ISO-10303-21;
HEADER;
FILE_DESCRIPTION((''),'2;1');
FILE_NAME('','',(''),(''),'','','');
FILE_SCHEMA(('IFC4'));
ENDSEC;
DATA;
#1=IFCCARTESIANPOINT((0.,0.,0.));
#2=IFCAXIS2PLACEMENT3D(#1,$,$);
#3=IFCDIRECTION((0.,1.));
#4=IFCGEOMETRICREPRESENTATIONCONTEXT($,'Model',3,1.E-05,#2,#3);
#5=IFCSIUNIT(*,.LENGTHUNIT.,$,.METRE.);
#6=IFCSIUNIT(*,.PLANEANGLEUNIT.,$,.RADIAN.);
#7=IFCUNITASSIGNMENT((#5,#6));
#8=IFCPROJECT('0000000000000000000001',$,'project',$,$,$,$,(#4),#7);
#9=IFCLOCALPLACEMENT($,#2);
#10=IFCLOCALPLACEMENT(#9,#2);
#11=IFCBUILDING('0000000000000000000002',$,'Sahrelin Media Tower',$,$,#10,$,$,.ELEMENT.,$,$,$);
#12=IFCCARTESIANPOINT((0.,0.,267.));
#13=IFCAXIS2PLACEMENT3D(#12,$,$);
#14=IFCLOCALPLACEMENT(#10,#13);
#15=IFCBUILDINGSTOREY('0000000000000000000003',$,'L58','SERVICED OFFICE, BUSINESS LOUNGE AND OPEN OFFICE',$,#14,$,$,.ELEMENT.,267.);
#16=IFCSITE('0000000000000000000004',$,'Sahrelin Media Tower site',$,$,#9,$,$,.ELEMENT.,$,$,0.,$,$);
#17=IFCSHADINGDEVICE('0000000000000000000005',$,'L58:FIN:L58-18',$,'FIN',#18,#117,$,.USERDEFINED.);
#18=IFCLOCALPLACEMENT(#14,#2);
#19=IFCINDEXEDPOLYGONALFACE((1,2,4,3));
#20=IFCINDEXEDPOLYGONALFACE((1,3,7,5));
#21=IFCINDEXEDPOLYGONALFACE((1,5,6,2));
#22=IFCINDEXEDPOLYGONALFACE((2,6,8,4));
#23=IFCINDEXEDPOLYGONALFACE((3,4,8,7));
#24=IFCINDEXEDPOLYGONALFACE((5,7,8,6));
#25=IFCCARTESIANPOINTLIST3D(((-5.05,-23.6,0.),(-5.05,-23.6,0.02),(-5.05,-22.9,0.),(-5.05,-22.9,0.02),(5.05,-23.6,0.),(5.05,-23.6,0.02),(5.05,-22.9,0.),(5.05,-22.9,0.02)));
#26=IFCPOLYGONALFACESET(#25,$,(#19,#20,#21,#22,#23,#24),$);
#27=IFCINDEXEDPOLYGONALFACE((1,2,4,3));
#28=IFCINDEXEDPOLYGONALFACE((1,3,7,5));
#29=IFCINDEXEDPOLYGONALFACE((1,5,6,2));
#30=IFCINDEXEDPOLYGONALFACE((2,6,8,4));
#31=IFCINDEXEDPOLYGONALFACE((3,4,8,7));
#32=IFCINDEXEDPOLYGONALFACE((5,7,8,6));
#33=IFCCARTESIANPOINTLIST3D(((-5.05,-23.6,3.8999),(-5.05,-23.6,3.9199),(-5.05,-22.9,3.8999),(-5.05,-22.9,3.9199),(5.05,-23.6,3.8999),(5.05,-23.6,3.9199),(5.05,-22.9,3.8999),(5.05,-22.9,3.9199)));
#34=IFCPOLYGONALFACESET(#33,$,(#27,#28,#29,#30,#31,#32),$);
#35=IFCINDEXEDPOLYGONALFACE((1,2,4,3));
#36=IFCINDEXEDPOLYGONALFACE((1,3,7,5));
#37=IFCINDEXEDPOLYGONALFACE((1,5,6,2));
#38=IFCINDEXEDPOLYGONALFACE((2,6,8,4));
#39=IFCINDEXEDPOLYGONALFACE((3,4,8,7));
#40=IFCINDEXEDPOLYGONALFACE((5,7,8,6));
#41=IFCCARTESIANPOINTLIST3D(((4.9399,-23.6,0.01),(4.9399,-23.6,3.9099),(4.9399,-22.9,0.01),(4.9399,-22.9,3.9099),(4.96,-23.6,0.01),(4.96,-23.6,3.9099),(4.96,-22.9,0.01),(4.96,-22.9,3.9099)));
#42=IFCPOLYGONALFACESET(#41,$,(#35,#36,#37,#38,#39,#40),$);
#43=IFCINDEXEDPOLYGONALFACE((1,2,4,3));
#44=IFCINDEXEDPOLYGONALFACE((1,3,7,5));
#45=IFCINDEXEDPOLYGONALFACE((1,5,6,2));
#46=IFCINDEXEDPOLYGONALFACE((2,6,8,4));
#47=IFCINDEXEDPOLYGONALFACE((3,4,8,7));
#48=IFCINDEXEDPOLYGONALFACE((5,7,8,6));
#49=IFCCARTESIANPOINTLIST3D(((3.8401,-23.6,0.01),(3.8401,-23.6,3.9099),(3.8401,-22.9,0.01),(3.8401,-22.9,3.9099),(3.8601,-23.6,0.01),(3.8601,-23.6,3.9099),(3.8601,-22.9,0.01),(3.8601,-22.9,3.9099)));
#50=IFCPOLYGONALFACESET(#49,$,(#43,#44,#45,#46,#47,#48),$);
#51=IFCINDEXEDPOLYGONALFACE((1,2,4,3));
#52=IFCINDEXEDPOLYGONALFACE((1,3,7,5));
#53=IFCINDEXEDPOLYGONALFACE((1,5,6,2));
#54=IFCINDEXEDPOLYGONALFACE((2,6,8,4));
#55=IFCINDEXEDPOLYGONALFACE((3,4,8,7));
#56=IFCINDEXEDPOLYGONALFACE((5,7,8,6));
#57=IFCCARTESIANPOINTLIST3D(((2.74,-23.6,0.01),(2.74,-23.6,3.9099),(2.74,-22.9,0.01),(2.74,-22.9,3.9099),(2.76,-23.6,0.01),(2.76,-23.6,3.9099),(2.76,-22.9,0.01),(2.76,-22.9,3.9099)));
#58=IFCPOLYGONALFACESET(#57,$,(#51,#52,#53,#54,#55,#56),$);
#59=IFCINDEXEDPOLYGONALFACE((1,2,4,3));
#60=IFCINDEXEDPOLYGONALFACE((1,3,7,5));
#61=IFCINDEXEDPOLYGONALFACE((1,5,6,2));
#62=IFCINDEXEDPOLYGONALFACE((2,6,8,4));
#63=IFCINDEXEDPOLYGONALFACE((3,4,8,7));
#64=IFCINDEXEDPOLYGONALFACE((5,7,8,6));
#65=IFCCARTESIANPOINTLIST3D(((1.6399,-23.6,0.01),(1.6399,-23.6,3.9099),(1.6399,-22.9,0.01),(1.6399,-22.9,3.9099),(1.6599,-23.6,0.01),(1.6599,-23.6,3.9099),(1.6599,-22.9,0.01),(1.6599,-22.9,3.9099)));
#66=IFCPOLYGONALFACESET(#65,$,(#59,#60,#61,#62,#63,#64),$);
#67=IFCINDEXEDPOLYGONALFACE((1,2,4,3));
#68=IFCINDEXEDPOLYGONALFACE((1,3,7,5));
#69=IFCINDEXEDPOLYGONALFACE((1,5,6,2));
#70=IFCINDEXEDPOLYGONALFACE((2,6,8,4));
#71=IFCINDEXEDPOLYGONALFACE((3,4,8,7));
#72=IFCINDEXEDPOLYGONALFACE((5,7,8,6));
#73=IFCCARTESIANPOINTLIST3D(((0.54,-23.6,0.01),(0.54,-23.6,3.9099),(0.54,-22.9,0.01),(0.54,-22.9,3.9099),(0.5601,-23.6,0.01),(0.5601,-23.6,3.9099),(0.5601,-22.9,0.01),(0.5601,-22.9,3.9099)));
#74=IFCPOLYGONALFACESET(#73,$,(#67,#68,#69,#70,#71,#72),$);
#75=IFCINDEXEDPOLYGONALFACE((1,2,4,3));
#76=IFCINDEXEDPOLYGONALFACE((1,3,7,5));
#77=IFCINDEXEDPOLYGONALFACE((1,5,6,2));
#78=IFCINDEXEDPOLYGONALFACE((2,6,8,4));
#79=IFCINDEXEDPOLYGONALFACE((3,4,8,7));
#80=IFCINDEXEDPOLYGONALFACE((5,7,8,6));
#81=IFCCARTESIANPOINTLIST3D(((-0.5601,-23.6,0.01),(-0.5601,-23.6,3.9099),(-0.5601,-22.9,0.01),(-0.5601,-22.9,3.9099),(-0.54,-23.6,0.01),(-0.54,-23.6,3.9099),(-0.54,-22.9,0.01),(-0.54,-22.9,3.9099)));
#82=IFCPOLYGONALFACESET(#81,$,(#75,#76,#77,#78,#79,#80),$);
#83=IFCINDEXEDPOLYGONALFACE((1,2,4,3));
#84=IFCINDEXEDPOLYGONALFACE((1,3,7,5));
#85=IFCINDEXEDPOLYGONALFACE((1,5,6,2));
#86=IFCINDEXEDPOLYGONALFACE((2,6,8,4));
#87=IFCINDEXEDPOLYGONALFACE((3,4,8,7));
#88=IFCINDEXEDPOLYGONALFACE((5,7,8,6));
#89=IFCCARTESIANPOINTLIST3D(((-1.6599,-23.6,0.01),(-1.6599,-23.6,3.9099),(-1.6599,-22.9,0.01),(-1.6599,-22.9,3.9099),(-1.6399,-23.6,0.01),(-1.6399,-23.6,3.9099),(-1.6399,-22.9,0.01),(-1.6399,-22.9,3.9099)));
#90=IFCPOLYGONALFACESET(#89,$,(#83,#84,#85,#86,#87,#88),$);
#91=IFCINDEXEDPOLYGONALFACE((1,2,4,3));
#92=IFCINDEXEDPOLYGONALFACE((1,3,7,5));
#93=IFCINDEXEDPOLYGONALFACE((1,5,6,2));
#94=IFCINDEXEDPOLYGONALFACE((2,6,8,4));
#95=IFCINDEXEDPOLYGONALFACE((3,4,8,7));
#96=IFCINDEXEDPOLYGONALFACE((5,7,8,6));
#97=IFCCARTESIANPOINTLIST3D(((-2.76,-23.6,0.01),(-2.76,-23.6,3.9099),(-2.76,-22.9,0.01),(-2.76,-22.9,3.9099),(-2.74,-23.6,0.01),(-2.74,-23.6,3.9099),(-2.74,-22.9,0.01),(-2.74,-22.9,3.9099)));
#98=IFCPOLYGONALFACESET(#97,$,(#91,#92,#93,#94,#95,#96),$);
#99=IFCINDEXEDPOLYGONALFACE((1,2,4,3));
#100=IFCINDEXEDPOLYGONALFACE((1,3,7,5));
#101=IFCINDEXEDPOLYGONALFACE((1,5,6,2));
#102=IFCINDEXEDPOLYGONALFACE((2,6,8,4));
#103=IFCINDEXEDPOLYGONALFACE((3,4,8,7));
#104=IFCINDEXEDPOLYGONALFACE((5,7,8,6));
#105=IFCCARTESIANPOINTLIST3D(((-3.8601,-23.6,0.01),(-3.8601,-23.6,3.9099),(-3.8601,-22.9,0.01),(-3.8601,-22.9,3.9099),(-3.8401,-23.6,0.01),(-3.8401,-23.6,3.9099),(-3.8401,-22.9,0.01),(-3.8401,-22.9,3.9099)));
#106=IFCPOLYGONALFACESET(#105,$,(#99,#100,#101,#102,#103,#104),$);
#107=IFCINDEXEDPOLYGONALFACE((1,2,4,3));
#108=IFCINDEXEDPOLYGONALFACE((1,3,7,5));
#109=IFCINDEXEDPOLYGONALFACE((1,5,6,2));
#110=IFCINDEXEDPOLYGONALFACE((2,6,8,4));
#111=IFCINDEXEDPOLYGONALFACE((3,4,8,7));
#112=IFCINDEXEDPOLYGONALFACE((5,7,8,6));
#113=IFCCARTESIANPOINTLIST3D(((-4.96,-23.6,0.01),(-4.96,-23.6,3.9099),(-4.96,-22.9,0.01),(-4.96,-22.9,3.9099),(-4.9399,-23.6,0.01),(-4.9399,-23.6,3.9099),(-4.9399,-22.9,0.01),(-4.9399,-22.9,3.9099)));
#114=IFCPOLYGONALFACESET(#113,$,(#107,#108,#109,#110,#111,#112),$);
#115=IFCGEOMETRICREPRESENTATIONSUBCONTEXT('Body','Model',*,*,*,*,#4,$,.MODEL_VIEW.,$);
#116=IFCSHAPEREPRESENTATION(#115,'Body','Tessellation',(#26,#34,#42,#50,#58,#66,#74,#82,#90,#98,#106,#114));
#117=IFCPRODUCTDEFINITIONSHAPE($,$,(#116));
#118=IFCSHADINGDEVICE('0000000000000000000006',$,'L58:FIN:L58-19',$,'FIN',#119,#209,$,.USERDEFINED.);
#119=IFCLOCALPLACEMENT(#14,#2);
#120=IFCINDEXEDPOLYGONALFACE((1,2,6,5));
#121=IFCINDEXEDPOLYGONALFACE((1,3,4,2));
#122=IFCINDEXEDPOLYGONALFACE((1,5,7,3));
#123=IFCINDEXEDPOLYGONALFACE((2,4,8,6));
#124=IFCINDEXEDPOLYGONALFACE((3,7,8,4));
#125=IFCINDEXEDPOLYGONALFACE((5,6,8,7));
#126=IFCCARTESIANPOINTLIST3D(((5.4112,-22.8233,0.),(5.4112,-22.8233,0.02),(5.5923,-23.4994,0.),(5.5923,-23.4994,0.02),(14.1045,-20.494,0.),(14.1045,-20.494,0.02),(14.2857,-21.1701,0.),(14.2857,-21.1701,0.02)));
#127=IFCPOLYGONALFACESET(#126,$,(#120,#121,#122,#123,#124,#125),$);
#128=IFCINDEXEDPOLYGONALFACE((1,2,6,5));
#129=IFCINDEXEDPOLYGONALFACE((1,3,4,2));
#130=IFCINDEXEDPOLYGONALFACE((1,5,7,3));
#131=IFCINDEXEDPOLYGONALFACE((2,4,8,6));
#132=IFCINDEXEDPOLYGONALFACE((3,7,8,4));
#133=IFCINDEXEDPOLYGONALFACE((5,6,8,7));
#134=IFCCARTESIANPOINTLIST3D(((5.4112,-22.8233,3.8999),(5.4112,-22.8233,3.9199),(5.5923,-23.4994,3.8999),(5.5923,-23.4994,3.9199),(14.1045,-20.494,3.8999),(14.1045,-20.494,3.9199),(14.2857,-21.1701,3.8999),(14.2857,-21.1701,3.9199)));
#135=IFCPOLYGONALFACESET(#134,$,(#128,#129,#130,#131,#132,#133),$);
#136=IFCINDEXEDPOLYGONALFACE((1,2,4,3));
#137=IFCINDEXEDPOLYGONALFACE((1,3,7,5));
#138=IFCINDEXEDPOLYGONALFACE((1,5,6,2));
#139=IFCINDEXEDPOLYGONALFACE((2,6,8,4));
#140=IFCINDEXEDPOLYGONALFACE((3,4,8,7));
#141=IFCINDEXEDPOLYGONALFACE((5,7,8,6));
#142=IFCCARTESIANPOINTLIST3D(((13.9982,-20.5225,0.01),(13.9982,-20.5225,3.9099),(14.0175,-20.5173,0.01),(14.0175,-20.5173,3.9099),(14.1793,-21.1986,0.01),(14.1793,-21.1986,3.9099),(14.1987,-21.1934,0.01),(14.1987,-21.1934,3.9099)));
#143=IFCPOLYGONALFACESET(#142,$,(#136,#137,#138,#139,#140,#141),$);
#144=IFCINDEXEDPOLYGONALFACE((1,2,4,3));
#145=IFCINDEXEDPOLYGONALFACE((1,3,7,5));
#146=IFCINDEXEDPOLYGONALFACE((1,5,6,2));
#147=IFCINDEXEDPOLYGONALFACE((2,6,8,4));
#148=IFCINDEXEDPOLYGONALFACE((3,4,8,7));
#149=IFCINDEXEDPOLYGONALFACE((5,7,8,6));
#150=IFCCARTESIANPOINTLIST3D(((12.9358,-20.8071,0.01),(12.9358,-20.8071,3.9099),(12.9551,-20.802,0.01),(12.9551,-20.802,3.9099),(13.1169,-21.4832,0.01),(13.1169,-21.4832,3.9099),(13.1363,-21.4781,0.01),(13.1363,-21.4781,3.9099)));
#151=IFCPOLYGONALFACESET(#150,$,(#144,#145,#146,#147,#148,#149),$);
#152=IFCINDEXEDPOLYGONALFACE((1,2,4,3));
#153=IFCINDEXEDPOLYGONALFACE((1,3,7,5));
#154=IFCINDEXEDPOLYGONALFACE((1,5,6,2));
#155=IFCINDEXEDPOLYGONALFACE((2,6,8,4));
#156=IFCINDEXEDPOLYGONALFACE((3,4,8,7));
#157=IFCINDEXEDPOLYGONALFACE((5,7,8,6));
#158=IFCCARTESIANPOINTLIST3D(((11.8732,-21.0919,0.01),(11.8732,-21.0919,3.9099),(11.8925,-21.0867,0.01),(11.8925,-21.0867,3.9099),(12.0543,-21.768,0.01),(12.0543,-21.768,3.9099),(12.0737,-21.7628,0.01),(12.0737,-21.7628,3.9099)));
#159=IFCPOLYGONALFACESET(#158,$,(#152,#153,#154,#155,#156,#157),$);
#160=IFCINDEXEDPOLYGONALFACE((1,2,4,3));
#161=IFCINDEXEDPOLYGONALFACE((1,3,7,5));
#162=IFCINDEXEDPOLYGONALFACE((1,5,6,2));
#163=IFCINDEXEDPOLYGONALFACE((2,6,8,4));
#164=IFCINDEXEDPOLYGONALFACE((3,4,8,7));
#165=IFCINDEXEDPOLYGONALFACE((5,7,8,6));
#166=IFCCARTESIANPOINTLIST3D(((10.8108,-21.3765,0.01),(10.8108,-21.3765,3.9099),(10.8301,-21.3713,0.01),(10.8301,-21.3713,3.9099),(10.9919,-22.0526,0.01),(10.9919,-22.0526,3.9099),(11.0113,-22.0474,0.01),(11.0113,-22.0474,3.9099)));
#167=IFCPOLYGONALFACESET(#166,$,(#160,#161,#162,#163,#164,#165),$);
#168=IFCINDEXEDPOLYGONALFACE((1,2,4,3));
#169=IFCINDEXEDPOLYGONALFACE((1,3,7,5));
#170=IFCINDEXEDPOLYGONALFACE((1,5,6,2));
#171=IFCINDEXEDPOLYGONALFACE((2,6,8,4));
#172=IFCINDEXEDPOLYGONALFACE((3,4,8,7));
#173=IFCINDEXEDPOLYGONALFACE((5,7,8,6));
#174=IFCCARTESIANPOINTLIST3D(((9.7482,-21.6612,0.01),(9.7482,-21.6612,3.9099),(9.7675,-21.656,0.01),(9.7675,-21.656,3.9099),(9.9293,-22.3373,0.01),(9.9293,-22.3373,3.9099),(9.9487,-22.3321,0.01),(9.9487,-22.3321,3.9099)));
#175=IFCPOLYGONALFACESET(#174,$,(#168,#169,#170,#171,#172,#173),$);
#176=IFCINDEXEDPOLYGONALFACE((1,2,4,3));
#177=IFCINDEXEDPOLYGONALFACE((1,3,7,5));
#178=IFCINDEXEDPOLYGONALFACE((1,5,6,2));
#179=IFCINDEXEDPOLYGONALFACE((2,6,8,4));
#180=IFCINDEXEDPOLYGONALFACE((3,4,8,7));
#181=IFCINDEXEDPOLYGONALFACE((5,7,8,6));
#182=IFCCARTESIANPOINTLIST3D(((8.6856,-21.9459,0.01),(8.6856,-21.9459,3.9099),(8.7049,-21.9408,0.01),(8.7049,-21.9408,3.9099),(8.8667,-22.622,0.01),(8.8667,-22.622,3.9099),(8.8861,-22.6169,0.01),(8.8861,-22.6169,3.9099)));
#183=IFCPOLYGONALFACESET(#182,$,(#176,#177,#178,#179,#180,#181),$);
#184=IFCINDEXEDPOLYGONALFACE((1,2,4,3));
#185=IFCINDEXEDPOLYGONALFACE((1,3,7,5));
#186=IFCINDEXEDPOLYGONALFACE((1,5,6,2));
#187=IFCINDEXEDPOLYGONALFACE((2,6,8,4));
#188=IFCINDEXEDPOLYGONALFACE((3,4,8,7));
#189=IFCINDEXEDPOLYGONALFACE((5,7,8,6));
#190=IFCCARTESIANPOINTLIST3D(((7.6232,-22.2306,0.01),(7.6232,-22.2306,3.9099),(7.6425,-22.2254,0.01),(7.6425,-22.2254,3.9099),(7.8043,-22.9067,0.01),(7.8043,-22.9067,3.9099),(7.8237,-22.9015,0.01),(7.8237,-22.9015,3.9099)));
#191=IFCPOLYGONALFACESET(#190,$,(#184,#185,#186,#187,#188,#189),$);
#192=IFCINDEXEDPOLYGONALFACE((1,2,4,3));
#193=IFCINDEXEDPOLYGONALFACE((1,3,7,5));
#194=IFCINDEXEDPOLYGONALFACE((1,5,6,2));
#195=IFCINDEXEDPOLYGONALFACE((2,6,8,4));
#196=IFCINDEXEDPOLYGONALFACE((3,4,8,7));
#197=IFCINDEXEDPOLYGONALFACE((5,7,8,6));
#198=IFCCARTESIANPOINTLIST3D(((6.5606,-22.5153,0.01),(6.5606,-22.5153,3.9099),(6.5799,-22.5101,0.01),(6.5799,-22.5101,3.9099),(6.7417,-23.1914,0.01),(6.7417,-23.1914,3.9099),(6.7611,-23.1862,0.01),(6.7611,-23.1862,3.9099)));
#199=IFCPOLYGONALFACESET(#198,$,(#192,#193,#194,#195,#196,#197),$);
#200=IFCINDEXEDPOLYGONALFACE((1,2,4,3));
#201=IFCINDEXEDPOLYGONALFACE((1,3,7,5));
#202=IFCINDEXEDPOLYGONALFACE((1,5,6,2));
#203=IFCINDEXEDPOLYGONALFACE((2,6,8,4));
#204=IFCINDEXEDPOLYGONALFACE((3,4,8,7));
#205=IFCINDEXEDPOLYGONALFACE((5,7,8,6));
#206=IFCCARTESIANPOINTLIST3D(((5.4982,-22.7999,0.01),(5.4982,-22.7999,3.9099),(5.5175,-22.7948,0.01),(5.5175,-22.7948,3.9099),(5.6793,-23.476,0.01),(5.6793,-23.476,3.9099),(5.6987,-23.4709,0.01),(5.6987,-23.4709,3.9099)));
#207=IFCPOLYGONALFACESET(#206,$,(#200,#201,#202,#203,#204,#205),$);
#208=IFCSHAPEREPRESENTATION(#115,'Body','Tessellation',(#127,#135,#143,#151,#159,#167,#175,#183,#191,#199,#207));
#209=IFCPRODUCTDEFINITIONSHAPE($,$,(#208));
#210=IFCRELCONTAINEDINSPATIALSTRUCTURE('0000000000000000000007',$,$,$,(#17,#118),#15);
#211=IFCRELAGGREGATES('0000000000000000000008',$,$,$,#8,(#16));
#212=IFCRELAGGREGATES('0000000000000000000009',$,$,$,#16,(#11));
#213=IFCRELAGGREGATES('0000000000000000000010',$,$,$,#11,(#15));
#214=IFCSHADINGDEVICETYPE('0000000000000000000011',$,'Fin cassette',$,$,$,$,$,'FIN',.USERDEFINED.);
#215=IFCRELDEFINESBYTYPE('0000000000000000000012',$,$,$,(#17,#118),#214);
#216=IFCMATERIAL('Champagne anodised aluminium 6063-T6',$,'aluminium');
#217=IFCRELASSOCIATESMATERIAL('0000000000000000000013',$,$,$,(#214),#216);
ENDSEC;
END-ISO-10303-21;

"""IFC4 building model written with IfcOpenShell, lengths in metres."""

from ifc_helpers import new_model, si_unit, direction, frame, origin, origin_2d, place, context, subcontext, project, spatial, rectangle, extrude, material, type_object, element, save


model = new_model("IFC4")

# Units and contexts
model_context = context("Model", 3, precision=1e-05, world=origin(), true_north=direction((0.0, 1.0)))
body_context = subcontext(model_context, "Body", "Model", "MODEL_VIEW")
ifc_project = project(units=[si_unit("LENGTHUNIT", "METRE"), si_unit("PLANEANGLEUNIT", "RADIAN")], contexts=[model_context])

# Site, building, storey
site_placement = place(None, origin())
site = spatial("IfcSite", under=ifc_project, at=site_placement, Name="Sahrelin Media Tower site", CompositionType="ELEMENT", RefElevation=0.0)
building_placement = place(site_placement, origin())
building = spatial("IfcBuilding", under=site, at=building_placement, Name="Sahrelin Media Tower", CompositionType="ELEMENT")
storey_placement = place(building_placement, frame((0.0, 0.0, 267.0)))
storey = spatial("IfcBuildingStorey", under=building, at=storey_placement, Name="L58", Description="SERVICED OFFICE, BUSINESS LOUNGE AND OPEN OFFICE", CompositionType="ELEMENT", Elevation=267.0)

# Shared definitions
ifc_material_1 = material(Name="Champagne anodised aluminium 6063-T6", Category="aluminium")

# Shading devices
shading_device_type_1 = type_object("IfcShadingDeviceType", Name="Fin cassette", ElementType="FIN", PredefinedType="USERDEFINED", material=ifc_material_1)
placement_1 = place(storey_placement, frame((0.0, -22.8301, 0.0), z_axis=(0.0, 0.0, 1.0), x_axis=(-1.0, 0.0, 0.0)))
element("IfcShadingDevice", 1, at=placement_1, inside=storey, type_object=shading_device_type_1, Name="L58:FIN:L58-18", ObjectType="FIN", PredefinedType="USERDEFINED", context=body_context, shape_type="SweptSolid", body=[
    extrude(rectangle(XDim=10.1001, YDim=0.7, at=origin_2d()), frame((0.0, 0.4199, 0.0)), (0.0, 0.0, 1.0), 0.02),
    extrude(rectangle(XDim=10.1001, YDim=0.7, at=origin_2d()), frame((0.0, 0.4199, 3.8999)), (0.0, 0.0, 1.0), 0.02),
    extrude(rectangle(XDim=0.02, YDim=0.7, at=origin_2d()), frame((-4.95, 0.4199, 0.01), z_axis=(0.0, 0.0, 1.0), x_axis=(1.0, 0.0, 0.0)), (0.0, 0.0, 1.0), 3.8999),
    extrude(rectangle(XDim=0.02, YDim=0.7, at=origin_2d()), frame((-3.8501, 0.4199, 0.01), z_axis=(0.0, 0.0, 1.0), x_axis=(1.0, 0.0, 0.0)), (0.0, 0.0, 1.0), 3.8999),
    extrude(rectangle(XDim=0.02, YDim=0.7, at=origin_2d()), frame((-2.75, 0.4199, 0.01), z_axis=(0.0, 0.0, 1.0), x_axis=(1.0, 0.0, 0.0)), (0.0, 0.0, 1.0), 3.8999),
    extrude(rectangle(XDim=0.02, YDim=0.7, at=origin_2d()), frame((-1.6499, 0.4199, 0.01), z_axis=(0.0, 0.0, 1.0), x_axis=(1.0, 0.0, 0.0)), (0.0, 0.0, 1.0), 3.8999),
    extrude(rectangle(XDim=0.02, YDim=0.7, at=origin_2d()), frame((-0.55, 0.4199, 0.01), z_axis=(0.0, 0.0, 1.0), x_axis=(1.0, 0.0, 0.0)), (0.0, 0.0, 1.0), 3.8999),
    extrude(rectangle(XDim=0.02, YDim=0.7, at=origin_2d()), frame((0.55, 0.4199, 0.01), z_axis=(0.0, 0.0, 1.0), x_axis=(1.0, 0.0, 0.0)), (0.0, 0.0, 1.0), 3.8999),
    extrude(rectangle(XDim=0.02, YDim=0.7, at=origin_2d()), frame((1.6499, 0.4199, 0.01), z_axis=(0.0, 0.0, 1.0), x_axis=(1.0, 0.0, 0.0)), (0.0, 0.0, 1.0), 3.8999),
    extrude(rectangle(XDim=0.02, YDim=0.7, at=origin_2d()), frame((2.75, 0.4199, 0.01), z_axis=(0.0, 0.0, 1.0), x_axis=(1.0, 0.0, 0.0)), (0.0, 0.0, 1.0), 3.8999),
    extrude(rectangle(XDim=0.02, YDim=0.7, at=origin_2d()), frame((3.8501, 0.4199, 0.01), z_axis=(0.0, 0.0, 1.0), x_axis=(1.0, 0.0, 0.0)), (0.0, 0.0, 1.0), 3.8999),
    extrude(rectangle(XDim=0.02, YDim=0.7, at=origin_2d()), frame((4.95, 0.4199, 0.01), z_axis=(0.0, 0.0, 1.0), x_axis=(1.0, 0.0, 0.0)), (0.0, 0.0, 1.0), 3.8999),
])
placement_2 = place(storey_placement, frame((9.7397, -21.5911, 0.0), z_axis=(0.0, 0.0, 1.0), x_axis=(-0.965929, -0.258808, 0.0)))
element("IfcShadingDevice", 2, at=placement_2, inside=storey, type_object=shading_device_type_1, Name="L58:FIN:L58-19", ObjectType="FIN", PredefinedType="USERDEFINED", context=body_context, shape_type="SweptSolid", body=[
    extrude(rectangle(XDim=9.0, YDim=0.7, at=origin_2d()), frame((0.0, 0.4199, 0.0)), (0.0, 0.0, 1.0), 0.02),
    extrude(rectangle(XDim=9.0, YDim=0.7, at=origin_2d()), frame((0.0, 0.4199, 3.8999)), (0.0, 0.0, 1.0), 0.02),
    extrude(rectangle(XDim=0.02, YDim=0.7, at=origin_2d()), frame((-4.3999, 0.4199, 0.01), z_axis=(0.0, 0.0, 1.0), x_axis=(1.0, 0.0, 0.0)), (0.0, 0.0, 1.0), 3.8999),
    extrude(rectangle(XDim=0.02, YDim=0.7, at=origin_2d()), frame((-3.3, 0.4199, 0.01), z_axis=(0.0, 0.0, 1.0), x_axis=(1.0, 0.0, 0.0)), (0.0, 0.0, 1.0), 3.8999),
    extrude(rectangle(XDim=0.02, YDim=0.7, at=origin_2d()), frame((-2.2, 0.4199, 0.01), z_axis=(0.0, 0.0, 1.0), x_axis=(1.0, 0.0, 0.0)), (0.0, 0.0, 1.0), 3.8999),
    extrude(rectangle(XDim=0.02, YDim=0.7, at=origin_2d()), frame((-1.1001, 0.4199, 0.01), z_axis=(0.0, 0.0, 1.0), x_axis=(1.0, 0.0, 0.0)), (0.0, 0.0, 1.0), 3.8999),
    extrude(rectangle(XDim=0.02, YDim=0.7, at=origin_2d()), frame((0.0, 0.4199, 0.01), z_axis=(0.0, 0.0, 1.0), x_axis=(1.0, 0.0, 0.0)), (0.0, 0.0, 1.0), 3.8999),
    extrude(rectangle(XDim=0.02, YDim=0.7, at=origin_2d()), frame((1.1001, 0.4199, 0.01), z_axis=(0.0, 0.0, 1.0), x_axis=(1.0, 0.0, 0.0)), (0.0, 0.0, 1.0), 3.8999),
    extrude(rectangle(XDim=0.02, YDim=0.7, at=origin_2d()), frame((2.2, 0.4199, 0.01), z_axis=(0.0, 0.0, 1.0), x_axis=(1.0, 0.0, 0.0)), (0.0, 0.0, 1.0), 3.8999),
    extrude(rectangle(XDim=0.02, YDim=0.7, at=origin_2d()), frame((3.3, 0.4199, 0.01), z_axis=(0.0, 0.0, 1.0), x_axis=(1.0, 0.0, 0.0)), (0.0, 0.0, 1.0), 3.8999),
    extrude(rectangle(XDim=0.02, YDim=0.7, at=origin_2d()), frame((4.3999, 0.4199, 0.01), z_axis=(0.0, 0.0, 1.0), x_axis=(1.0, 0.0, 0.0)), (0.0, 0.0, 1.0), 3.8999),
])

save(model, "model.ifc")
